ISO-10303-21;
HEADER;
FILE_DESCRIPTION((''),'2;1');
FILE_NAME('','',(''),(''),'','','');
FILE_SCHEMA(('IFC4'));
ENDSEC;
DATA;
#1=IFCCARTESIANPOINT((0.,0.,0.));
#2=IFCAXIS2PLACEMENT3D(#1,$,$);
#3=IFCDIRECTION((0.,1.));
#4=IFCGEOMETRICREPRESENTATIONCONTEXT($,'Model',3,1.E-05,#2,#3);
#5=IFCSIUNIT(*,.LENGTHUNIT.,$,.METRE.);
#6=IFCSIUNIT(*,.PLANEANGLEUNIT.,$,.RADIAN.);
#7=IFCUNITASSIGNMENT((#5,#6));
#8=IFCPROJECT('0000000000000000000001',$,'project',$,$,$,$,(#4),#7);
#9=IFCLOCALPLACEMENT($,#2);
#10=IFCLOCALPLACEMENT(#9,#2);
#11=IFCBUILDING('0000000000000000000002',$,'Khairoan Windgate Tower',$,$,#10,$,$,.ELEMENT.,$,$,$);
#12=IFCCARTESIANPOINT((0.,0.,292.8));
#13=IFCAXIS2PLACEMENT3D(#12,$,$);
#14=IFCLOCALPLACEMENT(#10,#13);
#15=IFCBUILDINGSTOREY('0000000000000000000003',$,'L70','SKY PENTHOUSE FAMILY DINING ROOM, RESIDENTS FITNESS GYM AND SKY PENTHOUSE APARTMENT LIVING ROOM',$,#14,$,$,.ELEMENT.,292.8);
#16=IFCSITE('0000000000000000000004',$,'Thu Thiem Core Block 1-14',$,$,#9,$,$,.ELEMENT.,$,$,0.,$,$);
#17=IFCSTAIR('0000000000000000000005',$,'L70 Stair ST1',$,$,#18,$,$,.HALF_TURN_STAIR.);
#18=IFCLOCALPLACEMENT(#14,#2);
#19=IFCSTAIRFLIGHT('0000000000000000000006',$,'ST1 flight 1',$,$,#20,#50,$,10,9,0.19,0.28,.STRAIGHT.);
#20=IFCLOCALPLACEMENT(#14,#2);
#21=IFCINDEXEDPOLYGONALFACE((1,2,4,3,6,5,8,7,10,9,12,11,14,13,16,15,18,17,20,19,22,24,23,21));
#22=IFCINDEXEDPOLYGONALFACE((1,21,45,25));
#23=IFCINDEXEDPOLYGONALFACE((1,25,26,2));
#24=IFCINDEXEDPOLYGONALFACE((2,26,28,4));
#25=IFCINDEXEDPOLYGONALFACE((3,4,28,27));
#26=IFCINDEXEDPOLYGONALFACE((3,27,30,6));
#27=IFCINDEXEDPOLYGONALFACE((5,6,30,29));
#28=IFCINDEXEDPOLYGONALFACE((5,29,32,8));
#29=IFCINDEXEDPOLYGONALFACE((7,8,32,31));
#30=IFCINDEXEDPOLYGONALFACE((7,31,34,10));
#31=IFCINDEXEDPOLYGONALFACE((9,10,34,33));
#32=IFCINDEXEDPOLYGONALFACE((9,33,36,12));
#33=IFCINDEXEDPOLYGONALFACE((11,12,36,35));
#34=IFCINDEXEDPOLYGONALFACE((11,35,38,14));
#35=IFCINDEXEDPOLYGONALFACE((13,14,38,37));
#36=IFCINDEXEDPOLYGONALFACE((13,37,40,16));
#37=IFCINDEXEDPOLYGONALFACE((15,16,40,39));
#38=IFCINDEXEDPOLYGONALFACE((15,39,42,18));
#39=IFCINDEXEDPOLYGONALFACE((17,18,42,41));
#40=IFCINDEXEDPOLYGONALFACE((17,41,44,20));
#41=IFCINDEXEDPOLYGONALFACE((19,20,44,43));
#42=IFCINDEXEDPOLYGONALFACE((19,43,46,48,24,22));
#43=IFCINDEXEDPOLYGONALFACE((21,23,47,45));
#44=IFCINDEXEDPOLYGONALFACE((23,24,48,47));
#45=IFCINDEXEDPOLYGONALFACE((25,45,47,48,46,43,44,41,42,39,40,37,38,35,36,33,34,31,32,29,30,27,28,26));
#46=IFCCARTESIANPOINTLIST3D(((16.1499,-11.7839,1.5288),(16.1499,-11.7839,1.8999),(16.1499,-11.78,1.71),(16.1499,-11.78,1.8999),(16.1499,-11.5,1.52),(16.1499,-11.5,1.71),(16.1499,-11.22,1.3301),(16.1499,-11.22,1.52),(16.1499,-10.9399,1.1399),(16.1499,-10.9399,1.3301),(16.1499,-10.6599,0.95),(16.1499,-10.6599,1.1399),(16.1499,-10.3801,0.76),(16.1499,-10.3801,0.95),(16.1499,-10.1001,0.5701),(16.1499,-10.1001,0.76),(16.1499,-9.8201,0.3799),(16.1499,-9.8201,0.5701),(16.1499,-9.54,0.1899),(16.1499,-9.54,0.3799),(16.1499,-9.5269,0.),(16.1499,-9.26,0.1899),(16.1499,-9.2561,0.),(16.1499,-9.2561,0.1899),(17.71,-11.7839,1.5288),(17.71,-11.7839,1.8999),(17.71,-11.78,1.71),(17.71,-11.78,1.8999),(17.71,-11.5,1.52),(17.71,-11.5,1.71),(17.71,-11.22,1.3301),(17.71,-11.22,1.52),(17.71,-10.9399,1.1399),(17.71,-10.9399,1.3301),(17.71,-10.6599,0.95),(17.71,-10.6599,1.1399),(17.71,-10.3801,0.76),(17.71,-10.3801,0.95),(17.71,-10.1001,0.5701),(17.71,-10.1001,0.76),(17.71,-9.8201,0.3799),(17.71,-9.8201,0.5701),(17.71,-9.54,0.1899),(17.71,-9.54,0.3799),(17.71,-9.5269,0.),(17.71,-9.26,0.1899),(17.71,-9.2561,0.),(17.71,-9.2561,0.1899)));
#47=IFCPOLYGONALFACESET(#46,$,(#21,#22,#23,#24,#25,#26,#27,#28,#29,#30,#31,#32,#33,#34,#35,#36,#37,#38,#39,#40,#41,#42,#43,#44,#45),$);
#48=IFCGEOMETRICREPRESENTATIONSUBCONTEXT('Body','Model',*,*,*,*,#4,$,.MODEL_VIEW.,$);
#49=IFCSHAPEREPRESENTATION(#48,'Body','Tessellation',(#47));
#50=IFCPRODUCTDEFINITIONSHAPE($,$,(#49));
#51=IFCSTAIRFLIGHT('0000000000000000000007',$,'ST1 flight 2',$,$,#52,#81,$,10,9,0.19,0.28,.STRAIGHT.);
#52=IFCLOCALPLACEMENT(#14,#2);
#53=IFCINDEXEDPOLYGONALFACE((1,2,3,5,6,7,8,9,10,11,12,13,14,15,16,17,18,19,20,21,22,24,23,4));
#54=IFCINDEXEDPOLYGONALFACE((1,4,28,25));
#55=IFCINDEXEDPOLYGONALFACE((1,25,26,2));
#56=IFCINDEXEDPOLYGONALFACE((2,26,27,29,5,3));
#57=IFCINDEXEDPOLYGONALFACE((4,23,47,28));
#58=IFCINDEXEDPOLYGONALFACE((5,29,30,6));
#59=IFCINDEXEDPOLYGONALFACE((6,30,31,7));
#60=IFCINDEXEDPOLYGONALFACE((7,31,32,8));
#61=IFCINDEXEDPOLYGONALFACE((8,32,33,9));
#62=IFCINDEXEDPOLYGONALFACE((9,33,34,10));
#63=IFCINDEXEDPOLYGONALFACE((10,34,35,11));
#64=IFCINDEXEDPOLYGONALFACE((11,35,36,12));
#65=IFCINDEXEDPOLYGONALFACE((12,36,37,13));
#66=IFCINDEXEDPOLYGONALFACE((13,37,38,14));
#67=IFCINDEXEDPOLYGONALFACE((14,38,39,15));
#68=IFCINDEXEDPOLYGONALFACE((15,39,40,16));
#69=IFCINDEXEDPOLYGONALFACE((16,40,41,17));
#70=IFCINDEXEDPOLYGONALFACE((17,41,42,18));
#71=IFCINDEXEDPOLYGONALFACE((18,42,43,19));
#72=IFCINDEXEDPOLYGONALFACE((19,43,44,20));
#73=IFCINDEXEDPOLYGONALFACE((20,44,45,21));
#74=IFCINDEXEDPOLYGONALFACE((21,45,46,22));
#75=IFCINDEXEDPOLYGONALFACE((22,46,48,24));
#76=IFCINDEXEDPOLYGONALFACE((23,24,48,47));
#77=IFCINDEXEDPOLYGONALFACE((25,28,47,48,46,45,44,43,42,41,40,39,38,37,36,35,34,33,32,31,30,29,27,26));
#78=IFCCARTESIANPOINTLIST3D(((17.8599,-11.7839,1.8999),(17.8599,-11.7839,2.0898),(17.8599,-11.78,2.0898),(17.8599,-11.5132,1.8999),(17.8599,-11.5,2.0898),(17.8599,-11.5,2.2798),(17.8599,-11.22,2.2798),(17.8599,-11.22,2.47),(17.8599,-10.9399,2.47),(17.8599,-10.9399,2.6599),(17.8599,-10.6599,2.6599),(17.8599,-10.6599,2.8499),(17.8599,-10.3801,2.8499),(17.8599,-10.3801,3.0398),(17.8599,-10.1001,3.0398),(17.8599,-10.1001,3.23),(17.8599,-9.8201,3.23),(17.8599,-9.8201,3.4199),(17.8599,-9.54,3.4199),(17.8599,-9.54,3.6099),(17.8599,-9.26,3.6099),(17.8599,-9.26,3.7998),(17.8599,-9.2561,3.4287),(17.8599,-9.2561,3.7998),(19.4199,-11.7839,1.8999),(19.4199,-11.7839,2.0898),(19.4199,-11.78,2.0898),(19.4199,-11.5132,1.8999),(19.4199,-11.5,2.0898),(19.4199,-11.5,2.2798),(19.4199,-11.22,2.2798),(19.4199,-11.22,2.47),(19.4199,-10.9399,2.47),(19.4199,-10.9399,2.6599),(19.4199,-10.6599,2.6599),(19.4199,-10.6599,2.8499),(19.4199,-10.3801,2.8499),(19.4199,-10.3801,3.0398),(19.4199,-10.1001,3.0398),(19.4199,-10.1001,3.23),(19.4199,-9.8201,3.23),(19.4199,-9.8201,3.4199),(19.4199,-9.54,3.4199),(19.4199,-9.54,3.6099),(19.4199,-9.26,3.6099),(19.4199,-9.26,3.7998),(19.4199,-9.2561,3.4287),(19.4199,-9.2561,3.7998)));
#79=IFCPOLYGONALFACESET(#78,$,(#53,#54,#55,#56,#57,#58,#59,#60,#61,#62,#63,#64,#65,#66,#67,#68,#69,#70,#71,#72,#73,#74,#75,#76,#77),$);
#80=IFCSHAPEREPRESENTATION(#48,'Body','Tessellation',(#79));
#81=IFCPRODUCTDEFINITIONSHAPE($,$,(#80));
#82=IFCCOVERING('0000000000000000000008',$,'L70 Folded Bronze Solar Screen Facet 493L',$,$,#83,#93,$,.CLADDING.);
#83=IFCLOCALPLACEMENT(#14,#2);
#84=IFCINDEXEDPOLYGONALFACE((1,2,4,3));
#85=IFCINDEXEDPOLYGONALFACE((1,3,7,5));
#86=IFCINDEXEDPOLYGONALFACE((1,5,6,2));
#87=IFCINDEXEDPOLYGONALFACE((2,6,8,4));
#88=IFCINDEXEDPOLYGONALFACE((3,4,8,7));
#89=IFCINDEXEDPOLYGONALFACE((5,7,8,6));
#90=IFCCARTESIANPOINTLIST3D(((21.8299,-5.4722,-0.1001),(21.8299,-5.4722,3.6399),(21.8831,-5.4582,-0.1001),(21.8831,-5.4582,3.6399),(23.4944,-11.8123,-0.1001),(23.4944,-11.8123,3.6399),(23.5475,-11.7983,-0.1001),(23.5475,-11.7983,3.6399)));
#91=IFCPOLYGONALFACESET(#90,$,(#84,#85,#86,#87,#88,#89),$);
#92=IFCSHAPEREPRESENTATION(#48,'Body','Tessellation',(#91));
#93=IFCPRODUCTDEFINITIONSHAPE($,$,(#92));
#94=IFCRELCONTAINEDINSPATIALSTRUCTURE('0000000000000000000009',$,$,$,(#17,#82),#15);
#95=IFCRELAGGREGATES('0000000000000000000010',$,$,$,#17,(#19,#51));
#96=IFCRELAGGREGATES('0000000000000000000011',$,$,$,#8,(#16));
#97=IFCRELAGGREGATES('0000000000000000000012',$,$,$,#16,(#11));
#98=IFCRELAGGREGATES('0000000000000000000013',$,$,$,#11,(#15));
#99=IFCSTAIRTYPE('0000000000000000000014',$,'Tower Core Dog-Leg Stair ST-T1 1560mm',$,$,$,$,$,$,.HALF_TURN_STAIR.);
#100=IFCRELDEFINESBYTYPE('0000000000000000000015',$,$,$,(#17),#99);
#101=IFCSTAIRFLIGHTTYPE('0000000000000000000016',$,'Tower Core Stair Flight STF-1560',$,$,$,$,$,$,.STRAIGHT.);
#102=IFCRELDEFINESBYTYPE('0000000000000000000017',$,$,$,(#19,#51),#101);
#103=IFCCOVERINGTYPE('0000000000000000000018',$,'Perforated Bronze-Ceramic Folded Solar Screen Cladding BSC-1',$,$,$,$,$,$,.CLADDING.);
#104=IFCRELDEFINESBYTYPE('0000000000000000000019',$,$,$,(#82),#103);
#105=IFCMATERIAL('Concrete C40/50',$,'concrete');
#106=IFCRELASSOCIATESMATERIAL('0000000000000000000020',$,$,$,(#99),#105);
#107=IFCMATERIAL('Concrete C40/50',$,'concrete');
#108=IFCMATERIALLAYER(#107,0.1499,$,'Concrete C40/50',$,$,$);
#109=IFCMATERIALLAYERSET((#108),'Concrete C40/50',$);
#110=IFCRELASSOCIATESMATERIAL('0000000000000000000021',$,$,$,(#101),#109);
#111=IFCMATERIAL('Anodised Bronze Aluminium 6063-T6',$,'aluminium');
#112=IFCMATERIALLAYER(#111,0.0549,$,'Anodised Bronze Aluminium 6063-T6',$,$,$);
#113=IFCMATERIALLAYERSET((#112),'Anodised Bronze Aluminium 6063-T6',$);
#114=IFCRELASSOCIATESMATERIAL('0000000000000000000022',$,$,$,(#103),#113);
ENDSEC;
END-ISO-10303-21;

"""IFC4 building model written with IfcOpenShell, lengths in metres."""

from ifc_helpers import new_model, si_unit, direction, frame, origin, origin_2d, place, context, subcontext, project, spatial, polyline, rectangle, outline, extrude, material, layer, layer_set, type_object, element, aggregate, save


model = new_model("IFC4")

# Units and contexts
model_context = context("Model", 3, precision=1e-05, world=origin(), true_north=direction((0.0, 1.0)))
body_context = subcontext(model_context, "Body", "Model", "MODEL_VIEW")
ifc_project = project(units=[si_unit("LENGTHUNIT", "METRE"), si_unit("PLANEANGLEUNIT", "RADIAN")], contexts=[model_context])

# Site, building, storey
site_placement = place(None, origin())
site = spatial("IfcSite", under=ifc_project, at=site_placement, Name="Thu Thiem Core Block 1-14", CompositionType="ELEMENT", RefElevation=0.0)
building_placement = place(site_placement, origin())
building = spatial("IfcBuilding", under=site, at=building_placement, Name="Khairoan Windgate Tower", CompositionType="ELEMENT")
storey_placement = place(building_placement, frame((0.0, 0.0, 292.8)))
storey = spatial("IfcBuildingStorey", under=building, at=storey_placement, Name="L70", Description="SKY PENTHOUSE FAMILY DINING ROOM, RESIDENTS FITNESS GYM AND SKY PENTHOUSE APARTMENT LIVING ROOM", CompositionType="ELEMENT", Elevation=292.8)

# Stair, stair flights
ifc_material_1 = material(Name="Concrete C40/50", Category="concrete")
stair_type = type_object("IfcStairType", Name="Tower Core Dog-Leg Stair ST-T1 1560mm", PredefinedType="HALF_TURN_STAIR", material=ifc_material_1)
stair_placement = place(storey_placement, origin())
stair = element("IfcStair", 1, at=stair_placement, inside=storey, type_object=stair_type, Name="L70 Stair ST1", PredefinedType="HALF_TURN_STAIR")
ifc_material_2 = material(Name="Concrete C40/50", Category="concrete")
ifc_layer_1 = layer(ifc_material_2, 0.1499, Name="Concrete C40/50")
ifc_layer_set_1 = layer_set([ifc_layer_1], Name="Concrete C40/50")
stair_flight_type = type_object("IfcStairFlightType", Name="Tower Core Stair Flight STF-1560", PredefinedType="STRAIGHT", material=ifc_layer_set_1)
stair_flight_1_placement = place(storey_placement, frame((16.9299, -9.26, 0.0), z_axis=(0.0, 0.0, 1.0), x_axis=(0.0, -1.0, 0.0)))
stair_flight_1 = element("IfcStairFlight", 2, at=stair_flight_1_placement, type_object=stair_flight_type, Name="ST1 flight 1", NumberOfRisers=10, NumberOfTreads=9, PredefinedType="STRAIGHT", RiserHeight=0.19, TreadLength=0.28, context=body_context, shape_type="SweptSolid", body=[
    extrude(outline(polyline([(-0.0039, 0.0), (-0.0039, 0.1899), (0.0, 0.1899), (0.28, 0.1899), (0.28, 0.3799), (0.5601, 0.3799), (0.5601, 0.5701), (0.8401, 0.5701), (0.8401, 0.76), (1.1201, 0.76), (1.1201, 0.95), (1.3999, 0.95), (1.3999, 1.1399), (1.6799, 1.1399), (1.6799, 1.3301), (1.96, 1.3301), (1.96, 1.52), (2.24, 1.52), (2.24, 1.71), (2.52, 1.71), (2.52, 1.8999), (2.5239, 1.8999), (2.5239, 1.5288), (0.2668, 0.0), (-0.0039, 0.0)])), frame((0.0, 0.78, 0.0), z_axis=(0.0, -1.0, 0.0), x_axis=(1.0, 0.0, 0.0)), (0.0, 0.0, 1.0), 1.5601),
])
stair_flight_2_placement = place(storey_placement, frame((18.6399, -11.78, 1.8999), z_axis=(0.0, 0.0, 1.0), x_axis=(0.0, 1.0, 0.0)))
stair_flight_2 = element("IfcStairFlight", 3, at=stair_flight_2_placement, type_object=stair_flight_type, Name="ST1 flight 2", NumberOfRisers=10, NumberOfTreads=9, PredefinedType="STRAIGHT", RiserHeight=0.19, TreadLength=0.28, context=body_context, shape_type="SweptSolid", body=[
    extrude(outline(polyline([(-0.0039, 0.0), (-0.0039, 0.1899), (0.0, 0.1899), (0.28, 0.1899), (0.28, 0.3799), (0.5601, 0.3799), (0.5601, 0.5701), (0.8401, 0.5701), (0.8401, 0.76), (1.1201, 0.76), (1.1201, 0.95), (1.3999, 0.95), (1.3999, 1.1399), (1.6799, 1.1399), (1.6799, 1.3301), (1.96, 1.3301), (1.96, 1.52), (2.24, 1.52), (2.24, 1.71), (2.52, 1.71), (2.52, 1.8999), (2.5239, 1.8999), (2.5239, 1.5288), (0.2668, 0.0), (-0.0039, 0.0)])), frame((0.0, 0.78, 0.0), z_axis=(0.0, -1.0, 0.0), x_axis=(1.0, 0.0, 0.0)), (0.0, 0.0, 1.0), 1.5601),
])
aggregate(stair, [stair_flight_1, stair_flight_2])

# Covering
ifc_material_3 = material(Name="Anodised Bronze Aluminium 6063-T6", Category="aluminium")
ifc_layer_2 = layer(ifc_material_3, 0.0549, Name="Anodised Bronze Aluminium 6063-T6")
ifc_layer_set_2 = layer_set([ifc_layer_2], Name="Anodised Bronze Aluminium 6063-T6")
covering_type = type_object("IfcCoveringType", Name="Perforated Bronze-Ceramic Folded Solar Screen Cladding BSC-1", PredefinedType="CLADDING", material=ifc_layer_set_2)
covering_placement = place(storey_placement, frame((22.6887, -8.6353, -0.1001), z_axis=(0.0, 0.0, 1.0), x_axis=(0.253927, -0.967223, 0.0)))
element("IfcCovering", 4, at=covering_placement, inside=storey, type_object=covering_type, Name="L70 Folded Bronze Solar Screen Facet 493L", PredefinedType="CLADDING", context=body_context, shape_type="SweptSolid", body=[
    extrude(rectangle(XDim=6.5549, YDim=0.0549, at=origin_2d()), origin(), (0.0, 0.0, 1.0), 3.74),
])

save(model, "model.ifc")
